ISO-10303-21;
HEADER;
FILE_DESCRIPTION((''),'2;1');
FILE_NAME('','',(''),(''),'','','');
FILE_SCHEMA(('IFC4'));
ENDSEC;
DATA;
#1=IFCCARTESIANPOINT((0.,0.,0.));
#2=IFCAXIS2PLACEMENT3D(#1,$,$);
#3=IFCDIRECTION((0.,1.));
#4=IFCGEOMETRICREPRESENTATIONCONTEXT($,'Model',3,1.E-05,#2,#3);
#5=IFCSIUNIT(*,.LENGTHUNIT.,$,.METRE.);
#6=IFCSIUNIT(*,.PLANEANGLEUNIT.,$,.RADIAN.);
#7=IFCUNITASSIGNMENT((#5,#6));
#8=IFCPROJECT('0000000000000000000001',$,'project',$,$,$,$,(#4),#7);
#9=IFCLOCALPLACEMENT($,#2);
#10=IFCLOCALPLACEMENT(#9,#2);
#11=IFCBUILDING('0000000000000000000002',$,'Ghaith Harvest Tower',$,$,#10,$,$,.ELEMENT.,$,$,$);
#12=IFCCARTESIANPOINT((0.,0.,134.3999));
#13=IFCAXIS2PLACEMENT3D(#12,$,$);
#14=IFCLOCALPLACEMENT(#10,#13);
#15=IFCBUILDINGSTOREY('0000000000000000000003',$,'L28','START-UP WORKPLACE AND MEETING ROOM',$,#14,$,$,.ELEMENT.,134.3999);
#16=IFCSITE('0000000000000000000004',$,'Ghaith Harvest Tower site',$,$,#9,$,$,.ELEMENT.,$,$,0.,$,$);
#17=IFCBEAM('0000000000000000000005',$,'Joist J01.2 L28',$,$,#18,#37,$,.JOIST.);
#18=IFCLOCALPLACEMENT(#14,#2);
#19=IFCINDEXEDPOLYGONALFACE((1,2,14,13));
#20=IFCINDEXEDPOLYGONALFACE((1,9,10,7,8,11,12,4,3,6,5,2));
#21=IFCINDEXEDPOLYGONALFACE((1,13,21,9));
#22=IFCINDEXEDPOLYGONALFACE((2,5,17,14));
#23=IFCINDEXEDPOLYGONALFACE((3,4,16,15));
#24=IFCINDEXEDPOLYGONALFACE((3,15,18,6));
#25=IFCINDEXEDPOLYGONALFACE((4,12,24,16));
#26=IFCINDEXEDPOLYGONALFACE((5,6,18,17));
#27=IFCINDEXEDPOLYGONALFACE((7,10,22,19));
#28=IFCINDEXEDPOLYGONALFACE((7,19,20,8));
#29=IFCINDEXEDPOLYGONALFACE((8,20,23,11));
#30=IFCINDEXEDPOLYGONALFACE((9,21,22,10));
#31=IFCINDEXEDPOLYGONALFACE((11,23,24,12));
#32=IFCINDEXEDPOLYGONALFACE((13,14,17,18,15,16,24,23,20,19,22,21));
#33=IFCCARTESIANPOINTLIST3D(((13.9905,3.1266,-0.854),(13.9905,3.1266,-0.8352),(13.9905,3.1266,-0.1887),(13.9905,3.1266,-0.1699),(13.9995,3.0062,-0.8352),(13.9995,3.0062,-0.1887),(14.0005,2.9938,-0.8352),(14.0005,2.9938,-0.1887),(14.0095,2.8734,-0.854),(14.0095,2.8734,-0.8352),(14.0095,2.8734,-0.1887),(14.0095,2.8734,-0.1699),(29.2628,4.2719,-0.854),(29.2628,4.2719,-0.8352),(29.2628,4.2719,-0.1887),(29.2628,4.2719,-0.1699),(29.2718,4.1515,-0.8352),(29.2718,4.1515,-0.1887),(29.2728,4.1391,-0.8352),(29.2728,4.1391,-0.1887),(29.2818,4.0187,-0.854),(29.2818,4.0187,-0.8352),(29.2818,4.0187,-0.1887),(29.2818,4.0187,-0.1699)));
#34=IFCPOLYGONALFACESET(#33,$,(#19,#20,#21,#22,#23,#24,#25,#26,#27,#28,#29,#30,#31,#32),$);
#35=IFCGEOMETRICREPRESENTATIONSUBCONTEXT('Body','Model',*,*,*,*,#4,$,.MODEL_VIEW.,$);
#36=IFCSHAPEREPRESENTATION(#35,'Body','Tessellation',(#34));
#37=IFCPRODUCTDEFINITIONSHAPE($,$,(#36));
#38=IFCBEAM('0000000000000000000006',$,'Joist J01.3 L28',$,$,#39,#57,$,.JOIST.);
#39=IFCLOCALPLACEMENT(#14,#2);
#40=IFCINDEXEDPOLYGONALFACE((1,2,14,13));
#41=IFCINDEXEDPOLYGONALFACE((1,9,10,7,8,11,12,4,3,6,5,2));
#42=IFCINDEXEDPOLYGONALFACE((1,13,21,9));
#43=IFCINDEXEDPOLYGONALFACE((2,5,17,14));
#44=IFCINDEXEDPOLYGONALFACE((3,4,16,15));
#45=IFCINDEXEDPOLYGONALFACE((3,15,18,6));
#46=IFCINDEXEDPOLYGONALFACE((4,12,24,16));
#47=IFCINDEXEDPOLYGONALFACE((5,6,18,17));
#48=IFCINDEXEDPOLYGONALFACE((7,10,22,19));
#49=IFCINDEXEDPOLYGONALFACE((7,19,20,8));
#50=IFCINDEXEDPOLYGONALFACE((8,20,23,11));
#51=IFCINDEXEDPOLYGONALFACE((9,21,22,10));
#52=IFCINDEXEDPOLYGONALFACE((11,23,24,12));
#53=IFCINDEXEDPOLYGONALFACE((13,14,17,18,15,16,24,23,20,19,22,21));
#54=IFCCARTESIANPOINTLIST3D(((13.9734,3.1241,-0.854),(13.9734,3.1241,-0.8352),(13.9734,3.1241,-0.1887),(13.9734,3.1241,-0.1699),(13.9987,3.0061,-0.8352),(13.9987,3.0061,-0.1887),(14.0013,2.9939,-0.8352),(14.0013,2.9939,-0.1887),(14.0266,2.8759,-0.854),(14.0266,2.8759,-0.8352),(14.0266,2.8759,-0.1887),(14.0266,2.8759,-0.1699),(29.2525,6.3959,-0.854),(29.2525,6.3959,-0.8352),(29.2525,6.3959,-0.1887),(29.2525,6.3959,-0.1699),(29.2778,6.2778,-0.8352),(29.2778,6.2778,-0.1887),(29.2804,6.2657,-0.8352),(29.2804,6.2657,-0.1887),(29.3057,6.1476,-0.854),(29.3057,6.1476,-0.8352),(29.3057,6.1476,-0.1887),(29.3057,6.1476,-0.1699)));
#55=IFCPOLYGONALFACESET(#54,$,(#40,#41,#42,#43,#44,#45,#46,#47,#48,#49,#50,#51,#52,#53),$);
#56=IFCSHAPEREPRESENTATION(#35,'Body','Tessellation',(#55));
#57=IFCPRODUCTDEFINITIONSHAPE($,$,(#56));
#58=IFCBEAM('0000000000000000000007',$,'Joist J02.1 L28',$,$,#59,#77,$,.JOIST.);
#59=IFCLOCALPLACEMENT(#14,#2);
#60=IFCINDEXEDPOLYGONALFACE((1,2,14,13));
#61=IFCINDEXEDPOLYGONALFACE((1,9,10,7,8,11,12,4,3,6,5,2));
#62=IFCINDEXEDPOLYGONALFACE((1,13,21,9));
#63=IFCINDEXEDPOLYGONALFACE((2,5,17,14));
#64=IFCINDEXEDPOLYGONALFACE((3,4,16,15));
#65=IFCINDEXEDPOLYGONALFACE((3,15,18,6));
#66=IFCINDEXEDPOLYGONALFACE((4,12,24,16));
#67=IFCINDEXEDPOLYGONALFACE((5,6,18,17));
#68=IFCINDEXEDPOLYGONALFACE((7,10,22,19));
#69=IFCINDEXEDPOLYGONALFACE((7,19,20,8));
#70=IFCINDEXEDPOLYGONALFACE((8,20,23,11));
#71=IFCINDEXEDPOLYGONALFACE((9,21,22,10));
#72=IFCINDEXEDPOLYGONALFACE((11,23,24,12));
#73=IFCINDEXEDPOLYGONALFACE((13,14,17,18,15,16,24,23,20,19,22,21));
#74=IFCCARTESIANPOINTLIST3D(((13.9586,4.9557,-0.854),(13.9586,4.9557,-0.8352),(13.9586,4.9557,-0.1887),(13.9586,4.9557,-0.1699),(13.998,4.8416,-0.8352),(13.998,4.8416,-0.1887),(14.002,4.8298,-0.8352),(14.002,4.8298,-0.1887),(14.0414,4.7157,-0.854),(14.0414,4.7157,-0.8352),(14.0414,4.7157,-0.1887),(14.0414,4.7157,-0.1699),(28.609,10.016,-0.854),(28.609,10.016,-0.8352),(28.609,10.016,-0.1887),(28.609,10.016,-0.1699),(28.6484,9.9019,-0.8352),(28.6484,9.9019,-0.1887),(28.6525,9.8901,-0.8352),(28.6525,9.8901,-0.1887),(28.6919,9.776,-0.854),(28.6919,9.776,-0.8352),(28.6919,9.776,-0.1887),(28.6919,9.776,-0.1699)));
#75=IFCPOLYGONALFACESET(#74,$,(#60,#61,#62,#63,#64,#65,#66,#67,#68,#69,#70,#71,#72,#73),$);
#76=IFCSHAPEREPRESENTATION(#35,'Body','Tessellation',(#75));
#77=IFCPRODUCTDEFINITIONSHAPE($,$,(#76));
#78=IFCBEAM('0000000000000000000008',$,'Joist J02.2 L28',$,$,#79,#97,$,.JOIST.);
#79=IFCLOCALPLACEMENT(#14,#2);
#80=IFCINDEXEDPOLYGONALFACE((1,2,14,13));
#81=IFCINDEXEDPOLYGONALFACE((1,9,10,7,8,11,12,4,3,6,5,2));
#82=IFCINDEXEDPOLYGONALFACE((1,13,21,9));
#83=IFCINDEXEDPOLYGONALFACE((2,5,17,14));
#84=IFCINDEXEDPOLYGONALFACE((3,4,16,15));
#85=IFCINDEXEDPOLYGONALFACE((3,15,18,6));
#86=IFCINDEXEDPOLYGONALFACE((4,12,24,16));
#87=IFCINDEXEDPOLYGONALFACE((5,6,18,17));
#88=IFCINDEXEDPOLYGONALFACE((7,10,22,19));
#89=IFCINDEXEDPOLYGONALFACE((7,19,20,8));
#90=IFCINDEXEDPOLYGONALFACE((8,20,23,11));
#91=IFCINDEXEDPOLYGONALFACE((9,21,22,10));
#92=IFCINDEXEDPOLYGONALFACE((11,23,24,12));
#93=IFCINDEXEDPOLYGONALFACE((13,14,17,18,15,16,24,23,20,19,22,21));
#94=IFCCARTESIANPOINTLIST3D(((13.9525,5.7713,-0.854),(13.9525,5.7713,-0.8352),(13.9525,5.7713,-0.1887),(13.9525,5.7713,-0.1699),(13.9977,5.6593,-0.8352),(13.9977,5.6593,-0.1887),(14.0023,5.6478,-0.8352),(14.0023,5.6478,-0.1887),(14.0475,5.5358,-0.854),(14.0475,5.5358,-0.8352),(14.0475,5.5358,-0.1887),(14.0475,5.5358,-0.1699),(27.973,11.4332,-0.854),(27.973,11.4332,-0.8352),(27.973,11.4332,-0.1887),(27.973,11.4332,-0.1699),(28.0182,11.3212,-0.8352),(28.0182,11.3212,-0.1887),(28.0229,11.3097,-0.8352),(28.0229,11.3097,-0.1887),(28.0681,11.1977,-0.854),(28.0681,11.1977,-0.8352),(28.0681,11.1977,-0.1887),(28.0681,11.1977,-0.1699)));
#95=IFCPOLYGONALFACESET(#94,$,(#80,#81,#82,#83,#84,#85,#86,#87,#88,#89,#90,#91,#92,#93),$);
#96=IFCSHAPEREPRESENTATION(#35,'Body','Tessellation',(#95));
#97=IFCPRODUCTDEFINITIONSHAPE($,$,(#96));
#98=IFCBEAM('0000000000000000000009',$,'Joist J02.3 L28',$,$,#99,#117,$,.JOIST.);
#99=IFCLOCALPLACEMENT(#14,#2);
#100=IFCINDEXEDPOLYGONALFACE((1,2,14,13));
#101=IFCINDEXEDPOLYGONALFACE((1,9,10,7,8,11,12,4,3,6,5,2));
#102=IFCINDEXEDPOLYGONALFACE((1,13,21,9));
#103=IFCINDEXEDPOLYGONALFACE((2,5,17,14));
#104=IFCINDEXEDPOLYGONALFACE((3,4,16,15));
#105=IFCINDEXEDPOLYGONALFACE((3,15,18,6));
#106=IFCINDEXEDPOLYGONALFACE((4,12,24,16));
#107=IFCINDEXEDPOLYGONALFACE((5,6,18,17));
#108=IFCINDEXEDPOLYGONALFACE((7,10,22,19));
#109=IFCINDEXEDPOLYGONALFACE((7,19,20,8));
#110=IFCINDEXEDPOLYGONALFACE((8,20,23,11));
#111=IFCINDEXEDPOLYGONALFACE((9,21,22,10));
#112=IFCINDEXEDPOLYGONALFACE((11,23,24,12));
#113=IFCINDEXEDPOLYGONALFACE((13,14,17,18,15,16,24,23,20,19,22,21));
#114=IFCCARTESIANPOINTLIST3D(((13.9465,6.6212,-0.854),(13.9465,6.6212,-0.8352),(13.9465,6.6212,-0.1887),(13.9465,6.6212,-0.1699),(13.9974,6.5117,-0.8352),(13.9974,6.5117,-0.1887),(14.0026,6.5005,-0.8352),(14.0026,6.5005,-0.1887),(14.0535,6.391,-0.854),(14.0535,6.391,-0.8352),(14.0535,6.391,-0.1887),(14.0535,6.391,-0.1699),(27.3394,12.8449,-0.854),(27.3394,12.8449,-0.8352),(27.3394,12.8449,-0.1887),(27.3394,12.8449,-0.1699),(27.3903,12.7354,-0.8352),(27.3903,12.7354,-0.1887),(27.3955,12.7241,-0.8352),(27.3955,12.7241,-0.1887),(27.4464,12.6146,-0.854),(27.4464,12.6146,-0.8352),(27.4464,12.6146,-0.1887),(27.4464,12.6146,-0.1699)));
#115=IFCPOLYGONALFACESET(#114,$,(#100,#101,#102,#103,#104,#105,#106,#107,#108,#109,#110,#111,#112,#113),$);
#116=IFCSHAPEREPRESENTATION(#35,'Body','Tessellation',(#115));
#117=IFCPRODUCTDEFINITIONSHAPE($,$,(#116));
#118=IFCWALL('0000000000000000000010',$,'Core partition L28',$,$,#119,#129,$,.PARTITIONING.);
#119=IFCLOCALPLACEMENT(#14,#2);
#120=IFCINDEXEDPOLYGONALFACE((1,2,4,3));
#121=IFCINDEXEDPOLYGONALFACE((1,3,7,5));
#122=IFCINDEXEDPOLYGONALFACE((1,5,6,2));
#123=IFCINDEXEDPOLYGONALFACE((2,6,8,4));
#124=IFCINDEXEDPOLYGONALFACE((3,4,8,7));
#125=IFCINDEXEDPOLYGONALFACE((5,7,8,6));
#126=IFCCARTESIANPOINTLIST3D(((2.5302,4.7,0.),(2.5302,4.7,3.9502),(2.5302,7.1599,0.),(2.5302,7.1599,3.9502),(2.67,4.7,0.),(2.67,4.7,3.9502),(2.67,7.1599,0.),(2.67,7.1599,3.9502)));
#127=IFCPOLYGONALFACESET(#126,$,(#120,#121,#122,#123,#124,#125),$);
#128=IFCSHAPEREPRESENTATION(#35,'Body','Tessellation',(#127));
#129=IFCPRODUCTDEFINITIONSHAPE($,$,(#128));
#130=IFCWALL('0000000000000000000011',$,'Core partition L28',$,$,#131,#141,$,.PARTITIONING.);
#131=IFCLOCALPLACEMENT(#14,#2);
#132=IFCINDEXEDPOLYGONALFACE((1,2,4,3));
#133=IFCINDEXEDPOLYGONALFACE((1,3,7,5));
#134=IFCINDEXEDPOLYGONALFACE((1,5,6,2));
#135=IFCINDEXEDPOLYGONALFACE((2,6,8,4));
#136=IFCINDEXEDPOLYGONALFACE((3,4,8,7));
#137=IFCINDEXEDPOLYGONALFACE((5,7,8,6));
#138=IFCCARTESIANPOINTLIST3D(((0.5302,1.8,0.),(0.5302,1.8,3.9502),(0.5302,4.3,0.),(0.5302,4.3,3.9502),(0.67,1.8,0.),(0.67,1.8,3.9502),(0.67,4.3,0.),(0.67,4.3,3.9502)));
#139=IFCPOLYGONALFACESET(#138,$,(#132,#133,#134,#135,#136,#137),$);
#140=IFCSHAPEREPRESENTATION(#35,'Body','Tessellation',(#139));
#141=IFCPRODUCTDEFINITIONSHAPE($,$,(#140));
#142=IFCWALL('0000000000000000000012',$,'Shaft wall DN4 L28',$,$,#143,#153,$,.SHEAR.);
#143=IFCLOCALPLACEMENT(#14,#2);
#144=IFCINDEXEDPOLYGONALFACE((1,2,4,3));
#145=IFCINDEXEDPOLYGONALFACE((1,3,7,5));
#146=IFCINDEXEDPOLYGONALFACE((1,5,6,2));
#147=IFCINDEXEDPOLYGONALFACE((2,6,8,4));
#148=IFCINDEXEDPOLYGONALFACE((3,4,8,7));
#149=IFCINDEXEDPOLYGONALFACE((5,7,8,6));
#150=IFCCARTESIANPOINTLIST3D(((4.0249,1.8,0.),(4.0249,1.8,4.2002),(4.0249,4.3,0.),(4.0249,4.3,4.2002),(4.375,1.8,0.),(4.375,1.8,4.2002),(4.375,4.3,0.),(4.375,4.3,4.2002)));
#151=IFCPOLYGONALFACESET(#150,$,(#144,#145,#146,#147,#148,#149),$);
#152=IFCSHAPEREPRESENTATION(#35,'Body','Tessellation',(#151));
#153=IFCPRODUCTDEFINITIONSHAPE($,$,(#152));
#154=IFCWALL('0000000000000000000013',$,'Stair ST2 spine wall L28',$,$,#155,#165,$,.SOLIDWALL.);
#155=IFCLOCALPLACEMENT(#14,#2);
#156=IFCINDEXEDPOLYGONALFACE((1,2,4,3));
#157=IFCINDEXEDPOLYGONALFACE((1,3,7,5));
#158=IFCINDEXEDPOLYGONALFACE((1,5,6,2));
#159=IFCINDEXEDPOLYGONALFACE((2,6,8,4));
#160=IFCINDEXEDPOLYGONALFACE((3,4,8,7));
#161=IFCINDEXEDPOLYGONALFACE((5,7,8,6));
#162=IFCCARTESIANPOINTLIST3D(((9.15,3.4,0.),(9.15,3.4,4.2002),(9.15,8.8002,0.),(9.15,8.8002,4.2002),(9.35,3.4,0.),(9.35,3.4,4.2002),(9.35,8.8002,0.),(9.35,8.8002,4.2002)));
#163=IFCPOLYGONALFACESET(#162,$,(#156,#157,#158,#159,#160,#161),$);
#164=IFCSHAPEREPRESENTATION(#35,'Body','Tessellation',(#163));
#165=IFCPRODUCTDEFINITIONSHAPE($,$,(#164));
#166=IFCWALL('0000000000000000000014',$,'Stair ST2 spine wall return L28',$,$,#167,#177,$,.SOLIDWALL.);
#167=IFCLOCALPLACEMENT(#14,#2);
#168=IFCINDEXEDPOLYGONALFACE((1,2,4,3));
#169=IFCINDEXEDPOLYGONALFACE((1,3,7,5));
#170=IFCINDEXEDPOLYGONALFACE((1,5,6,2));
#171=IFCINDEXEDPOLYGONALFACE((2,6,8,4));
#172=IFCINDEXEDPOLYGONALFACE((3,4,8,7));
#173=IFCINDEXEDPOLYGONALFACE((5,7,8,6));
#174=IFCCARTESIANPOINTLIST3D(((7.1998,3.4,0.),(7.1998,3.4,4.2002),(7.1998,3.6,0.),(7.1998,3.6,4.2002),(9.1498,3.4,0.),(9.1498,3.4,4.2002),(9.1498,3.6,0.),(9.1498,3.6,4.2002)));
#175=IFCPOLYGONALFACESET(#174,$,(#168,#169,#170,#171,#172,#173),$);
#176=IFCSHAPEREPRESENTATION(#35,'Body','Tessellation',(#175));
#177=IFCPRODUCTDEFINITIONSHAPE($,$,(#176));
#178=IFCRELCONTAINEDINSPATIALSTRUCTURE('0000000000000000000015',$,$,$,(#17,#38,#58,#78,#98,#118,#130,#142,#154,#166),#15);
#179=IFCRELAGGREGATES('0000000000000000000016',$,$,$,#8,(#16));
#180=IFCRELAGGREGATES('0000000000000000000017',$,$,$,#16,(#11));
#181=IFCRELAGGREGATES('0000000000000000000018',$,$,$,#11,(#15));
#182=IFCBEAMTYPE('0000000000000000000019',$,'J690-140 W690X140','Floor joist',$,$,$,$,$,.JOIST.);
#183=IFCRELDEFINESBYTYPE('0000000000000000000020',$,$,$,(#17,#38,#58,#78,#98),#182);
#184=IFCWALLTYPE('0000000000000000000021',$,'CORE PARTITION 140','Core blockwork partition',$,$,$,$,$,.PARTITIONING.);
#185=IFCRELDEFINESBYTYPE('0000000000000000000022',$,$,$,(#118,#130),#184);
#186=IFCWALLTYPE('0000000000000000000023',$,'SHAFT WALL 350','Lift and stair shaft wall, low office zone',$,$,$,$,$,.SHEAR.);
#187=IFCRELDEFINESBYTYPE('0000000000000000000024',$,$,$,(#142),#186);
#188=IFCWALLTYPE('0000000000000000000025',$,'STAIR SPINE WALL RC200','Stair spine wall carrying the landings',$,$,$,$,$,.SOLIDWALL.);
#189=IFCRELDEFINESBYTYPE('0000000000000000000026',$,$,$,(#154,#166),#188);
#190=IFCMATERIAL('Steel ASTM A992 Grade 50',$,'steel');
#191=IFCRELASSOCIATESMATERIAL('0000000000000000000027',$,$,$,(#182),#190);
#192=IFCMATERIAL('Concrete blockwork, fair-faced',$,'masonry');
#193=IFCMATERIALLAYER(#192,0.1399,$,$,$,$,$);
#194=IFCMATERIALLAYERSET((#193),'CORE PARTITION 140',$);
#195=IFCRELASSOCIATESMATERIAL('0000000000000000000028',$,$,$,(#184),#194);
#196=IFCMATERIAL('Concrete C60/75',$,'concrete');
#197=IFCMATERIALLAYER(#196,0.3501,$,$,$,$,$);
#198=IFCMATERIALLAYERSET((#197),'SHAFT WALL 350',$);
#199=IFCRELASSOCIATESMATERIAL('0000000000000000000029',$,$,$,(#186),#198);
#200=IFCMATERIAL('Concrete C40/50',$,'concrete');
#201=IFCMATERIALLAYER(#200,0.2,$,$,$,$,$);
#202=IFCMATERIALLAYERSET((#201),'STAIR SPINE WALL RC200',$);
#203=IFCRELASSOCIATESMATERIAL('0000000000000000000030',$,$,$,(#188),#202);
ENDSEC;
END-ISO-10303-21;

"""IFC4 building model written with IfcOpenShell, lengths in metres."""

from ifc_helpers import new_model, si_unit, direction, frame, frame_2d, origin, origin_2d, place, context, subcontext, project, spatial, rectangle, i_section, extrude, material, layer, layer_set, material_profile, profile_set, type_object, element, save


model = new_model("IFC4")

# Units and contexts
model_context = context("Model", 3, precision=1e-05, world=origin(), true_north=direction((0.0, 1.0)))
body_context = subcontext(model_context, "Body", "Model", "MODEL_VIEW")
ifc_project = project(units=[si_unit("LENGTHUNIT", "METRE"), si_unit("PLANEANGLEUNIT", "RADIAN")], contexts=[model_context])

# Site, building, storey
site_placement = place(None, origin())
site = spatial("IfcSite", under=ifc_project, at=site_placement, Name="Ghaith Harvest Tower site", CompositionType="ELEMENT", RefElevation=0.0)
building_placement = place(site_placement, origin())
building = spatial("IfcBuilding", under=site, at=building_placement, Name="Ghaith Harvest Tower", CompositionType="ELEMENT")
storey_placement = place(building_placement, frame((0.0, 0.0, 134.3999)))
storey = spatial("IfcBuildingStorey", under=building, at=storey_placement, Name="L28", Description="START-UP WORKPLACE AND MEETING ROOM", CompositionType="ELEMENT", Elevation=134.3999)

# Beams
ifc_material_1 = material(Name="Steel ASTM A992 Grade 50", Category="steel")
ifc_material_profile_1 = material_profile(ifc_material_1, i_section(OverallWidth=0.2539, OverallDepth=0.6841, WebThickness=0.0125, FlangeThickness=0.0188, at=origin_2d()), Name="W690X140")
ifc_profile_set_1 = profile_set([ifc_material_profile_1], Name="Steel ASTM A992 Grade 50")
beam_type_1 = type_object("IfcBeamType", Name="J690-140 W690X140", Description="Floor joist", PredefinedType="JOIST", material=ifc_profile_set_1)
beam_1_placement = place(storey_placement, frame((14.0, 3.0, -0.512), z_axis=(0.9972, 0.07478, 0.0), x_axis=(-0.07478, 0.9972, 0.0)))
element("IfcBeam", 1, at=beam_1_placement, inside=storey, type_object=beam_type_1, Name="Joist J01.2 L28", PredefinedType="JOIST", context=body_context, shape_type="SweptSolid", body=[
    extrude(i_section(OverallWidth=0.2539, OverallDepth=0.6841, WebThickness=0.0125, FlangeThickness=0.0188, at=origin_2d()), origin(), (0.0, 0.0, 1.0), 15.3152),
])
beam_2_placement = place(storey_placement, frame((14.0, 3.0, -0.512), z_axis=(0.977833, 0.209385, 0.0), x_axis=(-0.209385, 0.977833, 0.0)))
element("IfcBeam", 2, at=beam_2_placement, inside=storey, type_object=beam_type_1, Name="Joist J01.3 L28", PredefinedType="JOIST", context=body_context, shape_type="SweptSolid", body=[
    extrude(i_section(OverallWidth=0.2539, OverallDepth=0.6841, WebThickness=0.0125, FlangeThickness=0.0188, at=origin_2d()), origin(), (0.0, 0.0, 1.0), 15.6255),
])
beam_3_placement = place(storey_placement, frame((14.0, 4.8357, -0.512), z_axis=(0.945205, 0.326478, 0.0), x_axis=(-0.326478, 0.945205, 0.0)))
element("IfcBeam", 3, at=beam_3_placement, inside=storey, type_object=beam_type_1, Name="Joist J02.1 L28", PredefinedType="JOIST", context=body_context, shape_type="SweptSolid", body=[
    extrude(i_section(OverallWidth=0.2539, OverallDepth=0.6841, WebThickness=0.0125, FlangeThickness=0.0188, at=origin_2d()), origin(), (0.0, 0.0, 1.0), 15.4998),
])
beam_4_placement = place(storey_placement, frame((14.0, 5.6536, -0.512), z_axis=(0.927248, 0.374448, 0.0), x_axis=(-0.374448, 0.927248, 0.0)))
element("IfcBeam", 4, at=beam_4_placement, inside=storey, type_object=beam_type_1, Name="Joist J02.2 L28", PredefinedType="JOIST", context=body_context, shape_type="SweptSolid", body=[
    extrude(i_section(OverallWidth=0.2539, OverallDepth=0.6841, WebThickness=0.0125, FlangeThickness=0.0188, at=origin_2d()), origin(), (0.0, 0.0, 1.0), 15.1206),
])
beam_5_placement = place(storey_placement, frame((14.0, 6.5061, -0.512), z_axis=(0.906866, 0.42142, 0.0), x_axis=(-0.42142, 0.906866, 0.0)))
element("IfcBeam", 5, at=beam_5_placement, inside=storey, type_object=beam_type_1, Name="Joist J02.3 L28", PredefinedType="JOIST", context=body_context, shape_type="SweptSolid", body=[
    extrude(i_section(OverallWidth=0.2539, OverallDepth=0.6841, WebThickness=0.0125, FlangeThickness=0.0188, at=origin_2d()), origin(), (0.0, 0.0, 1.0), 14.7683),
])

# Walls
ifc_material_2 = material(Name="Concrete blockwork, fair-faced", Category="masonry")
ifc_layer_1 = layer(ifc_material_2, 0.1399)
ifc_layer_set_1 = layer_set([ifc_layer_1], Name="CORE PARTITION 140")
wall_type_1 = type_object("IfcWallType", Name="CORE PARTITION 140", Description="Core blockwork partition", PredefinedType="PARTITIONING", material=ifc_layer_set_1)
wall_1_placement = place(storey_placement, frame((2.6001, 4.7, 0.0), z_axis=(0.0, 0.0, 1.0), x_axis=(0.0, 1.0, 0.0)))
element("IfcWall", 6, at=wall_1_placement, inside=storey, type_object=wall_type_1, Name="Core partition L28", PredefinedType="PARTITIONING", context=body_context, shape_type="SweptSolid", body=[
    extrude(rectangle(XDim=2.46, YDim=0.1399, at=frame_2d((1.23, 0.0))), origin(), (0.0, 0.0, 1.0), 3.9502),
])
wall_2_placement = place(storey_placement, frame((0.6001, 1.8, 0.0), z_axis=(0.0, 0.0, 1.0), x_axis=(0.0, 1.0, 0.0)))
element("IfcWall", 7, at=wall_2_placement, inside=storey, type_object=wall_type_1, Name="Core partition L28", PredefinedType="PARTITIONING", context=body_context, shape_type="SweptSolid", body=[
    extrude(rectangle(XDim=2.5, YDim=0.1399, at=frame_2d((1.25, 0.0))), origin(), (0.0, 0.0, 1.0), 3.9502),
])

# Shared definitions
ifc_material_3 = material(Name="Concrete C60/75", Category="concrete")
ifc_layer_2 = layer(ifc_material_3, 0.3501)
ifc_layer_set_2 = layer_set([ifc_layer_2], Name="SHAFT WALL 350")
wall_type_2 = type_object("IfcWallType", Name="SHAFT WALL 350", Description="Lift and stair shaft wall, low office zone", PredefinedType="SHEAR", material=ifc_layer_set_2)

# Walls
wall_3_placement = place(storey_placement, frame((4.2, 1.8, 0.0), z_axis=(0.0, 0.0, 1.0), x_axis=(0.0, 1.0, 0.0)))
element("IfcWall", 8, at=wall_3_placement, inside=storey, type_object=wall_type_2, Name="Shaft wall DN4 L28", PredefinedType="SHEAR", context=body_context, shape_type="SweptSolid", body=[
    extrude(rectangle(XDim=2.5, YDim=0.3501, at=frame_2d((1.25, 0.0))), origin(), (0.0, 0.0, 1.0), 4.2002),
])
ifc_material_4 = material(Name="Concrete C40/50", Category="concrete")
ifc_layer_3 = layer(ifc_material_4, 0.2)
ifc_layer_set_3 = layer_set([ifc_layer_3], Name="STAIR SPINE WALL RC200")
wall_type_3 = type_object("IfcWallType", Name="STAIR SPINE WALL RC200", Description="Stair spine wall carrying the landings", PredefinedType="SOLIDWALL", material=ifc_layer_set_3)
wall_4_placement = place(storey_placement, frame((9.25, 3.3999, 0.0), z_axis=(0.0, 0.0, 1.0), x_axis=(0.0, 1.0, 0.0)))
element("IfcWall", 9, at=wall_4_placement, inside=storey, type_object=wall_type_3, Name="Stair ST2 spine wall L28", PredefinedType="SOLIDWALL", context=body_context, shape_type="SweptSolid", body=[
    extrude(rectangle(XDim=5.4001, YDim=0.2, at=frame_2d((2.7002, 0.0))), origin(), (0.0, 0.0, 1.0), 4.2002),
])
wall_5_placement = place(storey_placement, frame((9.1499, 3.5, 0.0), z_axis=(0.0, 0.0, 1.0), x_axis=(-1.0, 0.0, 0.0)))
element("IfcWall", 10, at=wall_5_placement, inside=storey, type_object=wall_type_3, Name="Stair ST2 spine wall return L28", PredefinedType="SOLIDWALL", context=body_context, shape_type="SweptSolid", body=[
    extrude(rectangle(XDim=1.95, YDim=0.2, at=frame_2d((0.9751, 0.0))), origin(), (0.0, 0.0, 1.0), 4.2002),
])

save(model, "model.ifc")
